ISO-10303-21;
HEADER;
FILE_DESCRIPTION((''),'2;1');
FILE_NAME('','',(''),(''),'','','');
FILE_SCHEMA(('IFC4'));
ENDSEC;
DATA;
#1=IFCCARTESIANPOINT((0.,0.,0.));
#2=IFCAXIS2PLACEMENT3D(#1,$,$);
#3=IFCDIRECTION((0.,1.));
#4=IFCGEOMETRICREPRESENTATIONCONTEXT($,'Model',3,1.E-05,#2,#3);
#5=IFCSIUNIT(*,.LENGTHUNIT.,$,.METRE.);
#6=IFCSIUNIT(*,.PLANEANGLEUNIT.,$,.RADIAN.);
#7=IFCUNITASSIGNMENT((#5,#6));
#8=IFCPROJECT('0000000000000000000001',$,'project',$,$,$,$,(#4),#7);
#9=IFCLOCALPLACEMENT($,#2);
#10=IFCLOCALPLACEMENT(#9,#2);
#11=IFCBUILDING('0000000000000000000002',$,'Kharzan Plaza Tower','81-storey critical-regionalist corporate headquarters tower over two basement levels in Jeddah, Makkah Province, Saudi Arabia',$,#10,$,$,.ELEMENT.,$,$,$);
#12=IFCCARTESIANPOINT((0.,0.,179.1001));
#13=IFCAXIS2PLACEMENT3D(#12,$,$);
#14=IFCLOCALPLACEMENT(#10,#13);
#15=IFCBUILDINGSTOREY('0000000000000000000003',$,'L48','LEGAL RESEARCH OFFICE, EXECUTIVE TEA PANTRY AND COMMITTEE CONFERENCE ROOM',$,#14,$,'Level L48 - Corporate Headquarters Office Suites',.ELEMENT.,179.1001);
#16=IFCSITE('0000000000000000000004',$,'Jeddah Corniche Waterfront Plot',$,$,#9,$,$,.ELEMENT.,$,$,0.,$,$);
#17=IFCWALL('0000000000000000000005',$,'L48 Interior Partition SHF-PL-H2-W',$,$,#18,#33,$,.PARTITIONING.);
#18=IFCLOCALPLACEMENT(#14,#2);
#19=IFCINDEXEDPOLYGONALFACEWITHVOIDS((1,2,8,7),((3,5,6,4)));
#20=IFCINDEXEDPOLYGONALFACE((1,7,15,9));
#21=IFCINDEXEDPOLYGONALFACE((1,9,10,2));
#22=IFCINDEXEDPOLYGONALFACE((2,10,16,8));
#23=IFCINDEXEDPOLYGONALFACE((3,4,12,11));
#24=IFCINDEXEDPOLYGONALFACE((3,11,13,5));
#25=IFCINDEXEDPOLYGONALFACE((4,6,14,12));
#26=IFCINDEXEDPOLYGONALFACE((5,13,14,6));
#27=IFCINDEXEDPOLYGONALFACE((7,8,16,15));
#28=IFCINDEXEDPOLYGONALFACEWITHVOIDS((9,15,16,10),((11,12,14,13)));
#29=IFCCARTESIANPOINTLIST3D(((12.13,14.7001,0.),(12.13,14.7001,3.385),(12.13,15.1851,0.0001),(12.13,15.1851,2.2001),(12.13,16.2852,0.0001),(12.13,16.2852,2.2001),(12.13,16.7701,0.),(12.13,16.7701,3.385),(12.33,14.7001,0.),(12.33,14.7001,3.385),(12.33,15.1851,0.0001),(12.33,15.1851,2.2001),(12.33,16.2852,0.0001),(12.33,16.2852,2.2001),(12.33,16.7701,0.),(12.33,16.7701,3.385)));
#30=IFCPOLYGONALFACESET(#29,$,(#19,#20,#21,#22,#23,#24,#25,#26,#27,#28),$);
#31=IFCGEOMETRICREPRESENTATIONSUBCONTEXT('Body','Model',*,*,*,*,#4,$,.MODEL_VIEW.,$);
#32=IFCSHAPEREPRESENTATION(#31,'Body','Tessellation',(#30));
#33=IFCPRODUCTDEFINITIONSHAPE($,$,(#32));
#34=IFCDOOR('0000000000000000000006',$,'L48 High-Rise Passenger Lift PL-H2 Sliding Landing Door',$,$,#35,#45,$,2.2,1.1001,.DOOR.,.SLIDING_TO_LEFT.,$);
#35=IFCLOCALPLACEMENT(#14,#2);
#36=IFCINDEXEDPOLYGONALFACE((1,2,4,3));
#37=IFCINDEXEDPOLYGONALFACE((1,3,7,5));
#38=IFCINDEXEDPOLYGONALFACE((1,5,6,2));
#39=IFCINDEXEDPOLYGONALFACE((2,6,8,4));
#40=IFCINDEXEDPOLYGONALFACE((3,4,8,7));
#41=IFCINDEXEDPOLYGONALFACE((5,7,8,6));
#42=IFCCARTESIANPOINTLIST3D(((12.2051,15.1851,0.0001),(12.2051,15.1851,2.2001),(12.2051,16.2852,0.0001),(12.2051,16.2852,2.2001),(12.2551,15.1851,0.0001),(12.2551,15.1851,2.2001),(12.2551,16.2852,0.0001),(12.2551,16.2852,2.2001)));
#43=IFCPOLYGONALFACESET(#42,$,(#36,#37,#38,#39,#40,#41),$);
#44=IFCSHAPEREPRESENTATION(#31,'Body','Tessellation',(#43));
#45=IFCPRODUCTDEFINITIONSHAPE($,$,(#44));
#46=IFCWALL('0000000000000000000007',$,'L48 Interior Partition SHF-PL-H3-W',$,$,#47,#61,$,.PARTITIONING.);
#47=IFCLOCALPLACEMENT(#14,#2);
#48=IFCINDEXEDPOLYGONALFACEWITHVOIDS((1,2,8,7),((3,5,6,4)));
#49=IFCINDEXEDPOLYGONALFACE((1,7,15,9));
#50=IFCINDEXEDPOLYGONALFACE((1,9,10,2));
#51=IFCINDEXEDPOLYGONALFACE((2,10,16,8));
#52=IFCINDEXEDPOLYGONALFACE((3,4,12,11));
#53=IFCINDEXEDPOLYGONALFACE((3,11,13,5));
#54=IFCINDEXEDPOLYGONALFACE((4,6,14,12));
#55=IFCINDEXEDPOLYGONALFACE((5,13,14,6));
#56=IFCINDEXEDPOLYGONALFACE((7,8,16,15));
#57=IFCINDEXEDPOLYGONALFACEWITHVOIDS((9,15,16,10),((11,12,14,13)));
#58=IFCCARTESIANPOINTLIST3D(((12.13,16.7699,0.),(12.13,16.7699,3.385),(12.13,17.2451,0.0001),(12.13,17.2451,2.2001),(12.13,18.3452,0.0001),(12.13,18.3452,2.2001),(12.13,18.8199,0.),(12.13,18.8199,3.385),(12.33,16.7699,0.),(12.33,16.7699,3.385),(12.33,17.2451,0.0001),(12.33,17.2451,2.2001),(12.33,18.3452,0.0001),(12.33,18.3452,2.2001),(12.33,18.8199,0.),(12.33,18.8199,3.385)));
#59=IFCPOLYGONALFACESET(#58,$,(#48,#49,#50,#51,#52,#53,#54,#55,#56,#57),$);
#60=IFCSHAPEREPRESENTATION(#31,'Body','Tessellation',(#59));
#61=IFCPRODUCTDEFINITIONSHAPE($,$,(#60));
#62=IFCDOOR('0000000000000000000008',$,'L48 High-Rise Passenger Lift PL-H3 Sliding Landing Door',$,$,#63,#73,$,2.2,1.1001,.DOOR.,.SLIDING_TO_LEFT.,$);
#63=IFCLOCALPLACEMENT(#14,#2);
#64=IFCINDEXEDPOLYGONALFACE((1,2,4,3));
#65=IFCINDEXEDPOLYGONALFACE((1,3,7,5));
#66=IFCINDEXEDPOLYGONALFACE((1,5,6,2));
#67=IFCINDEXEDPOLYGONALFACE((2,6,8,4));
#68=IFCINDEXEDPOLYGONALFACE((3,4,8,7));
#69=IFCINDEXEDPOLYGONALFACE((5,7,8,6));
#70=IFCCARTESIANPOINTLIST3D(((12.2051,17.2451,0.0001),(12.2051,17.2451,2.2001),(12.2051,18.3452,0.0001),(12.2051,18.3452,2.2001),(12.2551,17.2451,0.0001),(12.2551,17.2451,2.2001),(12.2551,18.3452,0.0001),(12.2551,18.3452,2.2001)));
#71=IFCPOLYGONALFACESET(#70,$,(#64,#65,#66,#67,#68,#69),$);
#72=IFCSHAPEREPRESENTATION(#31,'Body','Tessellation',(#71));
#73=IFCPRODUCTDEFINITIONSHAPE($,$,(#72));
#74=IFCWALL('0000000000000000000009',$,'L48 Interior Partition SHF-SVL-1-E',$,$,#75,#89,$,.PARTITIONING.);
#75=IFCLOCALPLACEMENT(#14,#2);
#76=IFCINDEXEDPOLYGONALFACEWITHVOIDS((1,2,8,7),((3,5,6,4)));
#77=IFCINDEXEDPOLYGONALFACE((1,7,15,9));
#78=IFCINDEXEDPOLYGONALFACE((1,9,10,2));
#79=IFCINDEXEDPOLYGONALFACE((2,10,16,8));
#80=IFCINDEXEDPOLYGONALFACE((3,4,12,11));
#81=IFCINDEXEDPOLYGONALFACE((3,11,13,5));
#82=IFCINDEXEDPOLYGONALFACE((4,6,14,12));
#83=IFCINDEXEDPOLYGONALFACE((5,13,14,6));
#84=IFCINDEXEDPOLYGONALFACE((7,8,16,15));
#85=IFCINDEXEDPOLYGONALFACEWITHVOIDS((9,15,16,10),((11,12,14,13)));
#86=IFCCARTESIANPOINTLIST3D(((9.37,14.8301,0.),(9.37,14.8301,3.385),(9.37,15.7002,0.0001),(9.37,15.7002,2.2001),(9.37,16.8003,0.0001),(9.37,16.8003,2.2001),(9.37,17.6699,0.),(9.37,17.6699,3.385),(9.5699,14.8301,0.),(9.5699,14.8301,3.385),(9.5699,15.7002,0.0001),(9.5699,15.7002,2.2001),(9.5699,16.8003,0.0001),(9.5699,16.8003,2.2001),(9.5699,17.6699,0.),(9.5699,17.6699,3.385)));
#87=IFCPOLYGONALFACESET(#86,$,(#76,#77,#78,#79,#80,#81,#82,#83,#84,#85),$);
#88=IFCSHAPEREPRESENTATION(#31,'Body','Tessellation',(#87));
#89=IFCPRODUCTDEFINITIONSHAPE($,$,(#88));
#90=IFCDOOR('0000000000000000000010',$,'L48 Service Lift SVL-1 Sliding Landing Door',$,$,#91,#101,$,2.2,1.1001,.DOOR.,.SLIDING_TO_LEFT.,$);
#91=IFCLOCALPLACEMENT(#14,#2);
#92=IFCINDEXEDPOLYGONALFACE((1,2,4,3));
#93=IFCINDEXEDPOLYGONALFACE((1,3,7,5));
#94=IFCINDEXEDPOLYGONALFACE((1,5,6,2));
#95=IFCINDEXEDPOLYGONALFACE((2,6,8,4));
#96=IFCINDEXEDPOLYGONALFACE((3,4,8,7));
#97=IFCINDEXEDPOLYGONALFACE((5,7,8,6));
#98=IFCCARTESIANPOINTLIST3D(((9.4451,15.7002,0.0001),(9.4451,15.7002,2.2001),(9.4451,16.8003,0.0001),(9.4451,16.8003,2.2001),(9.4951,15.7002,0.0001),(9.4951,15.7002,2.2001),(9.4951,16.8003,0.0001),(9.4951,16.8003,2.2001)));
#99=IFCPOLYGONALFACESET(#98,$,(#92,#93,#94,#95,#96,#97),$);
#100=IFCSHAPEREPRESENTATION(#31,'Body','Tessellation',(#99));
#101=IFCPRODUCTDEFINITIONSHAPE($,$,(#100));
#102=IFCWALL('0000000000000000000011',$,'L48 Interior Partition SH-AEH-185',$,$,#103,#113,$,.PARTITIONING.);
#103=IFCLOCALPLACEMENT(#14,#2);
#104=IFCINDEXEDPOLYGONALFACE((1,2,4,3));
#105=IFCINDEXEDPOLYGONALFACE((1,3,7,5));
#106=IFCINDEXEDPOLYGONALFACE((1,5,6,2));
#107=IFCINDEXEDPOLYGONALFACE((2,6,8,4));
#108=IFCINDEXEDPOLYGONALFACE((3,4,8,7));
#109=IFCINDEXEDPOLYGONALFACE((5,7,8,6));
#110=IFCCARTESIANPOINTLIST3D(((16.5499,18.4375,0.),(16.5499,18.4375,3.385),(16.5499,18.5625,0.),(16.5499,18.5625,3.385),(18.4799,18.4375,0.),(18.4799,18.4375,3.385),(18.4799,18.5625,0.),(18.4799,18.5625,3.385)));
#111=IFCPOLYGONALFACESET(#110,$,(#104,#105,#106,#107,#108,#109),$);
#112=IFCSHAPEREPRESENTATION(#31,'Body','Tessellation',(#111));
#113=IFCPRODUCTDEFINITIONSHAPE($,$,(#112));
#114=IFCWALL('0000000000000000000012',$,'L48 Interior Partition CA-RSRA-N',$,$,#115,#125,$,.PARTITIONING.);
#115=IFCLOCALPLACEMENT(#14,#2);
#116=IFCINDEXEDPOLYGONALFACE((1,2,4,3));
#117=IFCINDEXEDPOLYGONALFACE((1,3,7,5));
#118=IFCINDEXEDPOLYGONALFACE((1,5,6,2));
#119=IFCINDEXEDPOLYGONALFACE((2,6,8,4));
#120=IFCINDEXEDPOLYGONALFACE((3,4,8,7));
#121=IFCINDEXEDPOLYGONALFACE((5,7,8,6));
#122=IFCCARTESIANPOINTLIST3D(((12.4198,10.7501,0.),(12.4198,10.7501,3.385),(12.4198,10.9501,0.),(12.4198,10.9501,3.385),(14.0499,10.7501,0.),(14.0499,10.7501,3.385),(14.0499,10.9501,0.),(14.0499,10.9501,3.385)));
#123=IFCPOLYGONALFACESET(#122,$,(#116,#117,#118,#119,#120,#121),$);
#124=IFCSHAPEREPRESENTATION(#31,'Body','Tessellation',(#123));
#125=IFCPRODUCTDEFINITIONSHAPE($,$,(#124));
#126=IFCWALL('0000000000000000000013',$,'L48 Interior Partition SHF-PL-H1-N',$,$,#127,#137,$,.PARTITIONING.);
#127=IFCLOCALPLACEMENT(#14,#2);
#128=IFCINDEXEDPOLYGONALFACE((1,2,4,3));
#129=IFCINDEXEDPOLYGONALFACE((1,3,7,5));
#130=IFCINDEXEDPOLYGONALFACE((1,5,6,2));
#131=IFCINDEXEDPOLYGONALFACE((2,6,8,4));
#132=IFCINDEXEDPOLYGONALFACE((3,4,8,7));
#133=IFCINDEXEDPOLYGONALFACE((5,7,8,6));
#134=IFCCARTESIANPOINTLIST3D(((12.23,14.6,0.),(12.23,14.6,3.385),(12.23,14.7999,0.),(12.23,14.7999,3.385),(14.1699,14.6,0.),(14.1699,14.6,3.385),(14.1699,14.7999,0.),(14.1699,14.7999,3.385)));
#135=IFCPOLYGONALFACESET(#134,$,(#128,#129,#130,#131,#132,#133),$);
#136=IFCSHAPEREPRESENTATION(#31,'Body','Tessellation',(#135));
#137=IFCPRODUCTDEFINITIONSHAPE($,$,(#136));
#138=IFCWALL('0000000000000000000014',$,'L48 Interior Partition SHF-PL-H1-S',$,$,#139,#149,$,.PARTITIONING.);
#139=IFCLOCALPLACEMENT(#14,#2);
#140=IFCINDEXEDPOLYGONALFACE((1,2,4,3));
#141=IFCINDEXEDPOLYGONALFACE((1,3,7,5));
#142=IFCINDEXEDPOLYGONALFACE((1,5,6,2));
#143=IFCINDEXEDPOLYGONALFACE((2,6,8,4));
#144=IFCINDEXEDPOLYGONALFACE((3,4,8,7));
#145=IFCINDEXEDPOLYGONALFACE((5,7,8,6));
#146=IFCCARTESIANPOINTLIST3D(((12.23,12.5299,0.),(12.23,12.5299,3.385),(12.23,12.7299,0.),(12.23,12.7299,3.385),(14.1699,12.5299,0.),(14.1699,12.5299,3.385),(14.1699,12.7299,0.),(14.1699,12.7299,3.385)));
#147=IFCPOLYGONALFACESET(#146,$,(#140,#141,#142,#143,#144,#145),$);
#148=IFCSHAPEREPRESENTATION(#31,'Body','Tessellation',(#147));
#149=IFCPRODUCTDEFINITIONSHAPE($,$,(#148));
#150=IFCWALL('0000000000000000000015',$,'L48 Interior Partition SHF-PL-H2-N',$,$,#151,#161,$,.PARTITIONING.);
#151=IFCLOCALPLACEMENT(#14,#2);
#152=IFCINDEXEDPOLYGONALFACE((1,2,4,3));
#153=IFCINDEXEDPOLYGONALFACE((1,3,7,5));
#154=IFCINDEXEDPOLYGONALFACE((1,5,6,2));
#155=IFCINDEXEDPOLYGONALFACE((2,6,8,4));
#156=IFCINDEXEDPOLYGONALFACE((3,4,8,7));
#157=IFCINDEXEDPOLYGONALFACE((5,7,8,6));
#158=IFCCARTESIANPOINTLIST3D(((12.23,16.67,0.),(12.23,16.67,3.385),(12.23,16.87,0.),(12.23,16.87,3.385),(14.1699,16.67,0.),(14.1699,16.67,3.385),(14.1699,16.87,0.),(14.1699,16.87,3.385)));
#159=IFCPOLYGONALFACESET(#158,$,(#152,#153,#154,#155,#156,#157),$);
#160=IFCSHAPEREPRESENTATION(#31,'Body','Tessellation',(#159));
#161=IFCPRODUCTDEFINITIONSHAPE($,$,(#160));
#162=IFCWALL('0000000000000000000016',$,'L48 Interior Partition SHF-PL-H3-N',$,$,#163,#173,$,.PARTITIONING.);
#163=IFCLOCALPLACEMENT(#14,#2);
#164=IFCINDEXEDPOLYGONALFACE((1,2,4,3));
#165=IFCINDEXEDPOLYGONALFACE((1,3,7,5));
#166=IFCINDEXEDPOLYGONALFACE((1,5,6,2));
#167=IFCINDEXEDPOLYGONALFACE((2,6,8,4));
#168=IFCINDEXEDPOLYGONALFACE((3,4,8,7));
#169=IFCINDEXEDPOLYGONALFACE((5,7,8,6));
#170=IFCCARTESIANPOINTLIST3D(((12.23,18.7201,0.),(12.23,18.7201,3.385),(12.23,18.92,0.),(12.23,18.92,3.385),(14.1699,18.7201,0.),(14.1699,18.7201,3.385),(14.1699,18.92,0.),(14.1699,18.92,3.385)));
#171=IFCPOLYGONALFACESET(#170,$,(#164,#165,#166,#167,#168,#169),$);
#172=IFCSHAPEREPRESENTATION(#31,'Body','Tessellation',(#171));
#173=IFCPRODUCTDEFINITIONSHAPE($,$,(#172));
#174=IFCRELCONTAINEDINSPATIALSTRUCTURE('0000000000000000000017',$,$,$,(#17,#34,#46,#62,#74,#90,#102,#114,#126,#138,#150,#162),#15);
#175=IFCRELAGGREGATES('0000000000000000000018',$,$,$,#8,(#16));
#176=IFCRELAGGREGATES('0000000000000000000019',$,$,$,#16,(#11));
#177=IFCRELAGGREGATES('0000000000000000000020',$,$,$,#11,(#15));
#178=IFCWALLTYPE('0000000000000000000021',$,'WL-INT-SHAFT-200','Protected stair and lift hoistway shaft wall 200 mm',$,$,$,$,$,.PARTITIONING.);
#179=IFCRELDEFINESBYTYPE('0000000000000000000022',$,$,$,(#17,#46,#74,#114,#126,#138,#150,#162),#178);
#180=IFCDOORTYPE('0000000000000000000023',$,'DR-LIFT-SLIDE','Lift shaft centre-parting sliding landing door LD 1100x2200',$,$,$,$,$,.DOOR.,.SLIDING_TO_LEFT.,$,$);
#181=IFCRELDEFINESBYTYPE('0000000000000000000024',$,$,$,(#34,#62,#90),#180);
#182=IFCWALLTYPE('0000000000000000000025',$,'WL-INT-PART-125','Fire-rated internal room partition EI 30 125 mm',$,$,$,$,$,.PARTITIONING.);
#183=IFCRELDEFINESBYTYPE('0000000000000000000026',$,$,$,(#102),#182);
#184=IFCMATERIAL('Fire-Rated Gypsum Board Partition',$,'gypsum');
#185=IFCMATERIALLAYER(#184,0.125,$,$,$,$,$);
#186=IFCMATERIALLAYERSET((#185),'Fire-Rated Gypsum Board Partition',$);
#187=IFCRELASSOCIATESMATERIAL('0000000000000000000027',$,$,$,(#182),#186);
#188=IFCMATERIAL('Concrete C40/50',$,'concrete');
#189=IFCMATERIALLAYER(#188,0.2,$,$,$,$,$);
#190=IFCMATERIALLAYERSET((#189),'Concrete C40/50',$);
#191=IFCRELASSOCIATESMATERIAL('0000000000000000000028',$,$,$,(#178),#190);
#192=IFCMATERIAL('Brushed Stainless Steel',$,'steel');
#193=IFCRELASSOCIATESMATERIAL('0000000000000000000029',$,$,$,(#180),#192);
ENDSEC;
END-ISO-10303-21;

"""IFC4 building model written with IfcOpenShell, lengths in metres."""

from ifc_helpers import new_model, si_unit, direction, frame, frame_2d, origin, place, context, subcontext, project, spatial, rectangle, extrude, source, transform, mapped, material, layer, layer_set, type_object, element, fill, save


model = new_model("IFC4")

# Units and contexts
model_context = context("Model", 3, precision=1e-05, world=origin(), true_north=direction((0.0, 1.0)))
body_context = subcontext(model_context, "Body", "Model", "MODEL_VIEW")
ifc_project = project(units=[si_unit("LENGTHUNIT", "METRE"), si_unit("PLANEANGLEUNIT", "RADIAN")], contexts=[model_context])

# Site, building, storey
site_placement = place(None, origin())
site = spatial("IfcSite", under=ifc_project, at=site_placement, Name="Jeddah Corniche Waterfront Plot", CompositionType="ELEMENT", RefElevation=0.0)
building_placement = place(site_placement, origin())
building = spatial("IfcBuilding", under=site, at=building_placement, Name="Kharzan Plaza Tower", Description="81-storey critical-regionalist corporate headquarters tower over two basement levels in Jeddah, Makkah Province, Saudi Arabia", CompositionType="ELEMENT")
storey_placement = place(building_placement, frame((0.0, 0.0, 179.1001)))
storey = spatial("IfcBuildingStorey", under=building, at=storey_placement, Name="L48", Description="LEGAL RESEARCH OFFICE, EXECUTIVE TEA PANTRY AND COMMITTEE CONFERENCE ROOM", LongName="Level L48 - Corporate Headquarters Office Suites", CompositionType="ELEMENT", Elevation=179.1001)

# Walls, openings, doors
ifc_material_1 = material(Name="Fire-Rated Gypsum Board Partition", Category="gypsum")
ifc_layer_1 = layer(ifc_material_1, 0.125)
ifc_layer_set_1 = layer_set([ifc_layer_1], Name="Fire-Rated Gypsum Board Partition")
wall_type_1 = type_object("IfcWallType", Name="WL-INT-PART-125", Description="Fire-rated internal room partition EI 30 125 mm", PredefinedType="PARTITIONING", material=ifc_layer_set_1)
ifc_material_2 = material(Name="Concrete C40/50", Category="concrete")
ifc_layer_2 = layer(ifc_material_2, 0.2)
ifc_layer_set_2 = layer_set([ifc_layer_2], Name="Concrete C40/50")
wall_type_2 = type_object("IfcWallType", Name="WL-INT-SHAFT-200", Description="Protected stair and lift hoistway shaft wall 200 mm", PredefinedType="PARTITIONING", material=ifc_layer_set_2)
ifc_material_3 = material(Name="Brushed Stainless Steel", Category="steel")
door_type_1 = type_object("IfcDoorType", Name="DR-LIFT-SLIDE", Description="Lift shaft centre-parting sliding landing door LD 1100x2200", OperationType="SLIDING_TO_LEFT", PredefinedType="DOOR", material=ifc_material_3)
shared_shape_1 = source(origin(), body_context, "Body", "SweptSolid", [
    extrude(rectangle(XDim=1.1001, YDim=2.2, at=frame_2d((0.55, 1.1001))), frame((0.0, 0.0249, 0.0), z_axis=(0.0, -1.0, 0.0), x_axis=(1.0, 0.0, 0.0)), (0.0, 0.0, 1.0), 0.05),
])
wall_1_placement = place(storey_placement, frame((12.23, 14.7, 0.0), z_axis=(0.0, 0.0, 1.0), x_axis=(0.0, 1.0, 0.0)))
wall_1 = element("IfcWall", 1, at=wall_1_placement, inside=storey, type_object=wall_type_2, Name="L48 Interior Partition SHF-PL-H2-W", PredefinedType="PARTITIONING", context=body_context, shape_type="SweptSolid", body=[
    extrude(rectangle(XDim=2.0701, YDim=0.2, at=frame_2d((1.0352, 0.0))), origin(), (0.0, 0.0, 1.0), 3.385),
])
opening_1_placement = place(wall_1_placement, frame((0.4851, 0.0, 0.0)))
opening_1 = element("IfcOpeningElement", 2, at=opening_1_placement, cuts=wall_1, PredefinedType="OPENING", context=body_context, shape_type="SweptSolid", body=[
    extrude(rectangle(XDim=1.1001, YDim=2.2, at=frame_2d((0.55, 1.1001))), frame((0.0, 0.1099, 0.0), z_axis=(0.0, -1.0, 0.0), x_axis=(1.0, 0.0, 0.0)), (0.0, 0.0, 1.0), 0.22),
])
door_1_placement = place(opening_1_placement, origin())
door_1 = element("IfcDoor", 3, at=door_1_placement, inside=storey, type_object=door_type_1, Name="L48 High-Rise Passenger Lift PL-H2 Sliding Landing Door", OperationType="SLIDING_TO_LEFT", OverallHeight=2.2, OverallWidth=1.1001, PredefinedType="DOOR", context=body_context, shape_type="MappedRepresentation", body=[
    mapped(shared_shape_1, transform((0.0, 0.0, 0.0), x_axis=(1.0, 0.0, 0.0), y_axis=(0.0, 1.0, 0.0), z_axis=(0.0, 0.0, 1.0))),
])
fill(opening_1, door_1)
wall_2_placement = place(storey_placement, frame((12.23, 16.77, 0.0), z_axis=(0.0, 0.0, 1.0), x_axis=(0.0, 1.0, 0.0)))
wall_2 = element("IfcWall", 4, at=wall_2_placement, inside=storey, type_object=wall_type_2, Name="L48 Interior Partition SHF-PL-H3-W", PredefinedType="PARTITIONING", context=body_context, shape_type="SweptSolid", body=[
    extrude(rectangle(XDim=2.05, YDim=0.2, at=frame_2d((1.0249, 0.0))), origin(), (0.0, 0.0, 1.0), 3.385),
])
opening_2_placement = place(wall_2_placement, frame((0.4751, 0.0, 0.0)))
opening_2 = element("IfcOpeningElement", 5, at=opening_2_placement, cuts=wall_2, PredefinedType="OPENING", context=body_context, shape_type="SweptSolid", body=[
    extrude(rectangle(XDim=1.1001, YDim=2.2, at=frame_2d((0.55, 1.1001))), frame((0.0, 0.1099, 0.0), z_axis=(0.0, -1.0, 0.0), x_axis=(1.0, 0.0, 0.0)), (0.0, 0.0, 1.0), 0.22),
])
door_2_placement = place(opening_2_placement, origin())
door_2 = element("IfcDoor", 6, at=door_2_placement, inside=storey, type_object=door_type_1, Name="L48 High-Rise Passenger Lift PL-H3 Sliding Landing Door", OperationType="SLIDING_TO_LEFT", OverallHeight=2.2, OverallWidth=1.1001, PredefinedType="DOOR", context=body_context, shape_type="MappedRepresentation", body=[
    mapped(shared_shape_1, transform((0.0, 0.0, 0.0), x_axis=(1.0, 0.0, 0.0), y_axis=(0.0, 1.0, 0.0), z_axis=(0.0, 0.0, 1.0))),
])
fill(opening_2, door_2)
wall_3_placement = place(storey_placement, frame((9.47, 14.8301, 0.0), z_axis=(0.0, 0.0, 1.0), x_axis=(0.0, 1.0, 0.0)))
wall_3 = element("IfcWall", 7, at=wall_3_placement, inside=storey, type_object=wall_type_2, Name="L48 Interior Partition SHF-SVL-1-E", PredefinedType="PARTITIONING", context=body_context, shape_type="SweptSolid", body=[
    extrude(rectangle(XDim=2.8398, YDim=0.2, at=frame_2d((1.4199, 0.0))), origin(), (0.0, 0.0, 1.0), 3.385),
])
opening_3_placement = place(wall_3_placement, frame((0.8701, 0.0, 0.0)))
opening_3 = element("IfcOpeningElement", 8, at=opening_3_placement, cuts=wall_3, PredefinedType="OPENING", context=body_context, shape_type="SweptSolid", body=[
    extrude(rectangle(XDim=1.1001, YDim=2.2, at=frame_2d((0.55, 1.1001))), frame((0.0, 0.1099, 0.0), z_axis=(0.0, -1.0, 0.0), x_axis=(1.0, 0.0, 0.0)), (0.0, 0.0, 1.0), 0.22),
])
door_3_placement = place(opening_3_placement, origin())
door_3 = element("IfcDoor", 9, at=door_3_placement, inside=storey, type_object=door_type_1, Name="L48 Service Lift SVL-1 Sliding Landing Door", OperationType="SLIDING_TO_LEFT", OverallHeight=2.2, OverallWidth=1.1001, PredefinedType="DOOR", context=body_context, shape_type="MappedRepresentation", body=[
    mapped(shared_shape_1, transform((0.0, 0.0, 0.0), x_axis=(1.0, 0.0, 0.0), y_axis=(0.0, 1.0, 0.0), z_axis=(0.0, 0.0, 1.0))),
])
fill(opening_3, door_3)

# Walls
shared_shape_2 = source(origin(), body_context, "Body", "SweptSolid", [
    extrude(rectangle(XDim=1.9299, YDim=0.125, at=frame_2d((0.9648, 0.0))), origin(), (0.0, 0.0, 1.0), 3.385),
])
wall_4_placement = place(storey_placement, frame((16.55, 18.5, 0.0), z_axis=(0.0, 0.0, 1.0), x_axis=(1.0, 0.0, 0.0)))
element("IfcWall", 10, at=wall_4_placement, inside=storey, type_object=wall_type_1, Name="L48 Interior Partition SH-AEH-185", PredefinedType="PARTITIONING", context=body_context, shape_type="MappedRepresentation", body=[
    mapped(shared_shape_2, transform((0.0, 0.0, 0.0), x_axis=(1.0, 0.0, 0.0), y_axis=(0.0, 1.0, 0.0), z_axis=(0.0, 0.0, 1.0))),
])
shared_shape_3 = source(origin(), body_context, "Body", "SweptSolid", [
    extrude(rectangle(XDim=1.6301, YDim=0.2, at=frame_2d((0.8149, 0.0))), origin(), (0.0, 0.0, 1.0), 3.385),
])
wall_5_placement = place(storey_placement, frame((12.4199, 10.8501, 0.0), z_axis=(0.0, 0.0, 1.0), x_axis=(1.0, 0.0, 0.0)))
element("IfcWall", 11, at=wall_5_placement, inside=storey, type_object=wall_type_2, Name="L48 Interior Partition CA-RSRA-N", PredefinedType="PARTITIONING", context=body_context, shape_type="MappedRepresentation", body=[
    mapped(shared_shape_3, transform((0.0, 0.0, 0.0), x_axis=(1.0, 0.0, 0.0), y_axis=(0.0, 1.0, 0.0), z_axis=(0.0, 0.0, 1.0))),
])
shared_shape_4 = source(origin(), body_context, "Body", "SweptSolid", [
    extrude(rectangle(XDim=1.9399, YDim=0.2, at=frame_2d((0.97, 0.0))), origin(), (0.0, 0.0, 1.0), 3.385),
])
for number, where, z_axis, x_axis, name in (
    (12, (12.23, 14.7, 0.0), (0.0, 0.0, 1.0), (1.0, 0.0, 0.0), "L48 Interior Partition SHF-PL-H1-N"),
    (13, (12.23, 12.6299, 0.0), (0.0, 0.0, 1.0), (1.0, 0.0, 0.0), "L48 Interior Partition SHF-PL-H1-S"),
    (14, (12.23, 16.77, 0.0), (0.0, 0.0, 1.0), (1.0, 0.0, 0.0), "L48 Interior Partition SHF-PL-H2-N"),
    (15, (12.23, 18.8201, 0.0), (0.0, 0.0, 1.0), (1.0, 0.0, 0.0), "L48 Interior Partition SHF-PL-H3-N"),
):
    element("IfcWall", number, at=place(storey_placement, frame(where, z_axis=z_axis, x_axis=x_axis)), inside=storey, type_object=wall_type_2, Name=name, PredefinedType="PARTITIONING", context=body_context, shape_type="MappedRepresentation", body=[
        mapped(shared_shape_4, transform((0.0, 0.0, 0.0), x_axis=(1.0, 0.0, 0.0), y_axis=(0.0, 1.0, 0.0), z_axis=(0.0, 0.0, 1.0))),
    ])

save(model, "model.ifc")
